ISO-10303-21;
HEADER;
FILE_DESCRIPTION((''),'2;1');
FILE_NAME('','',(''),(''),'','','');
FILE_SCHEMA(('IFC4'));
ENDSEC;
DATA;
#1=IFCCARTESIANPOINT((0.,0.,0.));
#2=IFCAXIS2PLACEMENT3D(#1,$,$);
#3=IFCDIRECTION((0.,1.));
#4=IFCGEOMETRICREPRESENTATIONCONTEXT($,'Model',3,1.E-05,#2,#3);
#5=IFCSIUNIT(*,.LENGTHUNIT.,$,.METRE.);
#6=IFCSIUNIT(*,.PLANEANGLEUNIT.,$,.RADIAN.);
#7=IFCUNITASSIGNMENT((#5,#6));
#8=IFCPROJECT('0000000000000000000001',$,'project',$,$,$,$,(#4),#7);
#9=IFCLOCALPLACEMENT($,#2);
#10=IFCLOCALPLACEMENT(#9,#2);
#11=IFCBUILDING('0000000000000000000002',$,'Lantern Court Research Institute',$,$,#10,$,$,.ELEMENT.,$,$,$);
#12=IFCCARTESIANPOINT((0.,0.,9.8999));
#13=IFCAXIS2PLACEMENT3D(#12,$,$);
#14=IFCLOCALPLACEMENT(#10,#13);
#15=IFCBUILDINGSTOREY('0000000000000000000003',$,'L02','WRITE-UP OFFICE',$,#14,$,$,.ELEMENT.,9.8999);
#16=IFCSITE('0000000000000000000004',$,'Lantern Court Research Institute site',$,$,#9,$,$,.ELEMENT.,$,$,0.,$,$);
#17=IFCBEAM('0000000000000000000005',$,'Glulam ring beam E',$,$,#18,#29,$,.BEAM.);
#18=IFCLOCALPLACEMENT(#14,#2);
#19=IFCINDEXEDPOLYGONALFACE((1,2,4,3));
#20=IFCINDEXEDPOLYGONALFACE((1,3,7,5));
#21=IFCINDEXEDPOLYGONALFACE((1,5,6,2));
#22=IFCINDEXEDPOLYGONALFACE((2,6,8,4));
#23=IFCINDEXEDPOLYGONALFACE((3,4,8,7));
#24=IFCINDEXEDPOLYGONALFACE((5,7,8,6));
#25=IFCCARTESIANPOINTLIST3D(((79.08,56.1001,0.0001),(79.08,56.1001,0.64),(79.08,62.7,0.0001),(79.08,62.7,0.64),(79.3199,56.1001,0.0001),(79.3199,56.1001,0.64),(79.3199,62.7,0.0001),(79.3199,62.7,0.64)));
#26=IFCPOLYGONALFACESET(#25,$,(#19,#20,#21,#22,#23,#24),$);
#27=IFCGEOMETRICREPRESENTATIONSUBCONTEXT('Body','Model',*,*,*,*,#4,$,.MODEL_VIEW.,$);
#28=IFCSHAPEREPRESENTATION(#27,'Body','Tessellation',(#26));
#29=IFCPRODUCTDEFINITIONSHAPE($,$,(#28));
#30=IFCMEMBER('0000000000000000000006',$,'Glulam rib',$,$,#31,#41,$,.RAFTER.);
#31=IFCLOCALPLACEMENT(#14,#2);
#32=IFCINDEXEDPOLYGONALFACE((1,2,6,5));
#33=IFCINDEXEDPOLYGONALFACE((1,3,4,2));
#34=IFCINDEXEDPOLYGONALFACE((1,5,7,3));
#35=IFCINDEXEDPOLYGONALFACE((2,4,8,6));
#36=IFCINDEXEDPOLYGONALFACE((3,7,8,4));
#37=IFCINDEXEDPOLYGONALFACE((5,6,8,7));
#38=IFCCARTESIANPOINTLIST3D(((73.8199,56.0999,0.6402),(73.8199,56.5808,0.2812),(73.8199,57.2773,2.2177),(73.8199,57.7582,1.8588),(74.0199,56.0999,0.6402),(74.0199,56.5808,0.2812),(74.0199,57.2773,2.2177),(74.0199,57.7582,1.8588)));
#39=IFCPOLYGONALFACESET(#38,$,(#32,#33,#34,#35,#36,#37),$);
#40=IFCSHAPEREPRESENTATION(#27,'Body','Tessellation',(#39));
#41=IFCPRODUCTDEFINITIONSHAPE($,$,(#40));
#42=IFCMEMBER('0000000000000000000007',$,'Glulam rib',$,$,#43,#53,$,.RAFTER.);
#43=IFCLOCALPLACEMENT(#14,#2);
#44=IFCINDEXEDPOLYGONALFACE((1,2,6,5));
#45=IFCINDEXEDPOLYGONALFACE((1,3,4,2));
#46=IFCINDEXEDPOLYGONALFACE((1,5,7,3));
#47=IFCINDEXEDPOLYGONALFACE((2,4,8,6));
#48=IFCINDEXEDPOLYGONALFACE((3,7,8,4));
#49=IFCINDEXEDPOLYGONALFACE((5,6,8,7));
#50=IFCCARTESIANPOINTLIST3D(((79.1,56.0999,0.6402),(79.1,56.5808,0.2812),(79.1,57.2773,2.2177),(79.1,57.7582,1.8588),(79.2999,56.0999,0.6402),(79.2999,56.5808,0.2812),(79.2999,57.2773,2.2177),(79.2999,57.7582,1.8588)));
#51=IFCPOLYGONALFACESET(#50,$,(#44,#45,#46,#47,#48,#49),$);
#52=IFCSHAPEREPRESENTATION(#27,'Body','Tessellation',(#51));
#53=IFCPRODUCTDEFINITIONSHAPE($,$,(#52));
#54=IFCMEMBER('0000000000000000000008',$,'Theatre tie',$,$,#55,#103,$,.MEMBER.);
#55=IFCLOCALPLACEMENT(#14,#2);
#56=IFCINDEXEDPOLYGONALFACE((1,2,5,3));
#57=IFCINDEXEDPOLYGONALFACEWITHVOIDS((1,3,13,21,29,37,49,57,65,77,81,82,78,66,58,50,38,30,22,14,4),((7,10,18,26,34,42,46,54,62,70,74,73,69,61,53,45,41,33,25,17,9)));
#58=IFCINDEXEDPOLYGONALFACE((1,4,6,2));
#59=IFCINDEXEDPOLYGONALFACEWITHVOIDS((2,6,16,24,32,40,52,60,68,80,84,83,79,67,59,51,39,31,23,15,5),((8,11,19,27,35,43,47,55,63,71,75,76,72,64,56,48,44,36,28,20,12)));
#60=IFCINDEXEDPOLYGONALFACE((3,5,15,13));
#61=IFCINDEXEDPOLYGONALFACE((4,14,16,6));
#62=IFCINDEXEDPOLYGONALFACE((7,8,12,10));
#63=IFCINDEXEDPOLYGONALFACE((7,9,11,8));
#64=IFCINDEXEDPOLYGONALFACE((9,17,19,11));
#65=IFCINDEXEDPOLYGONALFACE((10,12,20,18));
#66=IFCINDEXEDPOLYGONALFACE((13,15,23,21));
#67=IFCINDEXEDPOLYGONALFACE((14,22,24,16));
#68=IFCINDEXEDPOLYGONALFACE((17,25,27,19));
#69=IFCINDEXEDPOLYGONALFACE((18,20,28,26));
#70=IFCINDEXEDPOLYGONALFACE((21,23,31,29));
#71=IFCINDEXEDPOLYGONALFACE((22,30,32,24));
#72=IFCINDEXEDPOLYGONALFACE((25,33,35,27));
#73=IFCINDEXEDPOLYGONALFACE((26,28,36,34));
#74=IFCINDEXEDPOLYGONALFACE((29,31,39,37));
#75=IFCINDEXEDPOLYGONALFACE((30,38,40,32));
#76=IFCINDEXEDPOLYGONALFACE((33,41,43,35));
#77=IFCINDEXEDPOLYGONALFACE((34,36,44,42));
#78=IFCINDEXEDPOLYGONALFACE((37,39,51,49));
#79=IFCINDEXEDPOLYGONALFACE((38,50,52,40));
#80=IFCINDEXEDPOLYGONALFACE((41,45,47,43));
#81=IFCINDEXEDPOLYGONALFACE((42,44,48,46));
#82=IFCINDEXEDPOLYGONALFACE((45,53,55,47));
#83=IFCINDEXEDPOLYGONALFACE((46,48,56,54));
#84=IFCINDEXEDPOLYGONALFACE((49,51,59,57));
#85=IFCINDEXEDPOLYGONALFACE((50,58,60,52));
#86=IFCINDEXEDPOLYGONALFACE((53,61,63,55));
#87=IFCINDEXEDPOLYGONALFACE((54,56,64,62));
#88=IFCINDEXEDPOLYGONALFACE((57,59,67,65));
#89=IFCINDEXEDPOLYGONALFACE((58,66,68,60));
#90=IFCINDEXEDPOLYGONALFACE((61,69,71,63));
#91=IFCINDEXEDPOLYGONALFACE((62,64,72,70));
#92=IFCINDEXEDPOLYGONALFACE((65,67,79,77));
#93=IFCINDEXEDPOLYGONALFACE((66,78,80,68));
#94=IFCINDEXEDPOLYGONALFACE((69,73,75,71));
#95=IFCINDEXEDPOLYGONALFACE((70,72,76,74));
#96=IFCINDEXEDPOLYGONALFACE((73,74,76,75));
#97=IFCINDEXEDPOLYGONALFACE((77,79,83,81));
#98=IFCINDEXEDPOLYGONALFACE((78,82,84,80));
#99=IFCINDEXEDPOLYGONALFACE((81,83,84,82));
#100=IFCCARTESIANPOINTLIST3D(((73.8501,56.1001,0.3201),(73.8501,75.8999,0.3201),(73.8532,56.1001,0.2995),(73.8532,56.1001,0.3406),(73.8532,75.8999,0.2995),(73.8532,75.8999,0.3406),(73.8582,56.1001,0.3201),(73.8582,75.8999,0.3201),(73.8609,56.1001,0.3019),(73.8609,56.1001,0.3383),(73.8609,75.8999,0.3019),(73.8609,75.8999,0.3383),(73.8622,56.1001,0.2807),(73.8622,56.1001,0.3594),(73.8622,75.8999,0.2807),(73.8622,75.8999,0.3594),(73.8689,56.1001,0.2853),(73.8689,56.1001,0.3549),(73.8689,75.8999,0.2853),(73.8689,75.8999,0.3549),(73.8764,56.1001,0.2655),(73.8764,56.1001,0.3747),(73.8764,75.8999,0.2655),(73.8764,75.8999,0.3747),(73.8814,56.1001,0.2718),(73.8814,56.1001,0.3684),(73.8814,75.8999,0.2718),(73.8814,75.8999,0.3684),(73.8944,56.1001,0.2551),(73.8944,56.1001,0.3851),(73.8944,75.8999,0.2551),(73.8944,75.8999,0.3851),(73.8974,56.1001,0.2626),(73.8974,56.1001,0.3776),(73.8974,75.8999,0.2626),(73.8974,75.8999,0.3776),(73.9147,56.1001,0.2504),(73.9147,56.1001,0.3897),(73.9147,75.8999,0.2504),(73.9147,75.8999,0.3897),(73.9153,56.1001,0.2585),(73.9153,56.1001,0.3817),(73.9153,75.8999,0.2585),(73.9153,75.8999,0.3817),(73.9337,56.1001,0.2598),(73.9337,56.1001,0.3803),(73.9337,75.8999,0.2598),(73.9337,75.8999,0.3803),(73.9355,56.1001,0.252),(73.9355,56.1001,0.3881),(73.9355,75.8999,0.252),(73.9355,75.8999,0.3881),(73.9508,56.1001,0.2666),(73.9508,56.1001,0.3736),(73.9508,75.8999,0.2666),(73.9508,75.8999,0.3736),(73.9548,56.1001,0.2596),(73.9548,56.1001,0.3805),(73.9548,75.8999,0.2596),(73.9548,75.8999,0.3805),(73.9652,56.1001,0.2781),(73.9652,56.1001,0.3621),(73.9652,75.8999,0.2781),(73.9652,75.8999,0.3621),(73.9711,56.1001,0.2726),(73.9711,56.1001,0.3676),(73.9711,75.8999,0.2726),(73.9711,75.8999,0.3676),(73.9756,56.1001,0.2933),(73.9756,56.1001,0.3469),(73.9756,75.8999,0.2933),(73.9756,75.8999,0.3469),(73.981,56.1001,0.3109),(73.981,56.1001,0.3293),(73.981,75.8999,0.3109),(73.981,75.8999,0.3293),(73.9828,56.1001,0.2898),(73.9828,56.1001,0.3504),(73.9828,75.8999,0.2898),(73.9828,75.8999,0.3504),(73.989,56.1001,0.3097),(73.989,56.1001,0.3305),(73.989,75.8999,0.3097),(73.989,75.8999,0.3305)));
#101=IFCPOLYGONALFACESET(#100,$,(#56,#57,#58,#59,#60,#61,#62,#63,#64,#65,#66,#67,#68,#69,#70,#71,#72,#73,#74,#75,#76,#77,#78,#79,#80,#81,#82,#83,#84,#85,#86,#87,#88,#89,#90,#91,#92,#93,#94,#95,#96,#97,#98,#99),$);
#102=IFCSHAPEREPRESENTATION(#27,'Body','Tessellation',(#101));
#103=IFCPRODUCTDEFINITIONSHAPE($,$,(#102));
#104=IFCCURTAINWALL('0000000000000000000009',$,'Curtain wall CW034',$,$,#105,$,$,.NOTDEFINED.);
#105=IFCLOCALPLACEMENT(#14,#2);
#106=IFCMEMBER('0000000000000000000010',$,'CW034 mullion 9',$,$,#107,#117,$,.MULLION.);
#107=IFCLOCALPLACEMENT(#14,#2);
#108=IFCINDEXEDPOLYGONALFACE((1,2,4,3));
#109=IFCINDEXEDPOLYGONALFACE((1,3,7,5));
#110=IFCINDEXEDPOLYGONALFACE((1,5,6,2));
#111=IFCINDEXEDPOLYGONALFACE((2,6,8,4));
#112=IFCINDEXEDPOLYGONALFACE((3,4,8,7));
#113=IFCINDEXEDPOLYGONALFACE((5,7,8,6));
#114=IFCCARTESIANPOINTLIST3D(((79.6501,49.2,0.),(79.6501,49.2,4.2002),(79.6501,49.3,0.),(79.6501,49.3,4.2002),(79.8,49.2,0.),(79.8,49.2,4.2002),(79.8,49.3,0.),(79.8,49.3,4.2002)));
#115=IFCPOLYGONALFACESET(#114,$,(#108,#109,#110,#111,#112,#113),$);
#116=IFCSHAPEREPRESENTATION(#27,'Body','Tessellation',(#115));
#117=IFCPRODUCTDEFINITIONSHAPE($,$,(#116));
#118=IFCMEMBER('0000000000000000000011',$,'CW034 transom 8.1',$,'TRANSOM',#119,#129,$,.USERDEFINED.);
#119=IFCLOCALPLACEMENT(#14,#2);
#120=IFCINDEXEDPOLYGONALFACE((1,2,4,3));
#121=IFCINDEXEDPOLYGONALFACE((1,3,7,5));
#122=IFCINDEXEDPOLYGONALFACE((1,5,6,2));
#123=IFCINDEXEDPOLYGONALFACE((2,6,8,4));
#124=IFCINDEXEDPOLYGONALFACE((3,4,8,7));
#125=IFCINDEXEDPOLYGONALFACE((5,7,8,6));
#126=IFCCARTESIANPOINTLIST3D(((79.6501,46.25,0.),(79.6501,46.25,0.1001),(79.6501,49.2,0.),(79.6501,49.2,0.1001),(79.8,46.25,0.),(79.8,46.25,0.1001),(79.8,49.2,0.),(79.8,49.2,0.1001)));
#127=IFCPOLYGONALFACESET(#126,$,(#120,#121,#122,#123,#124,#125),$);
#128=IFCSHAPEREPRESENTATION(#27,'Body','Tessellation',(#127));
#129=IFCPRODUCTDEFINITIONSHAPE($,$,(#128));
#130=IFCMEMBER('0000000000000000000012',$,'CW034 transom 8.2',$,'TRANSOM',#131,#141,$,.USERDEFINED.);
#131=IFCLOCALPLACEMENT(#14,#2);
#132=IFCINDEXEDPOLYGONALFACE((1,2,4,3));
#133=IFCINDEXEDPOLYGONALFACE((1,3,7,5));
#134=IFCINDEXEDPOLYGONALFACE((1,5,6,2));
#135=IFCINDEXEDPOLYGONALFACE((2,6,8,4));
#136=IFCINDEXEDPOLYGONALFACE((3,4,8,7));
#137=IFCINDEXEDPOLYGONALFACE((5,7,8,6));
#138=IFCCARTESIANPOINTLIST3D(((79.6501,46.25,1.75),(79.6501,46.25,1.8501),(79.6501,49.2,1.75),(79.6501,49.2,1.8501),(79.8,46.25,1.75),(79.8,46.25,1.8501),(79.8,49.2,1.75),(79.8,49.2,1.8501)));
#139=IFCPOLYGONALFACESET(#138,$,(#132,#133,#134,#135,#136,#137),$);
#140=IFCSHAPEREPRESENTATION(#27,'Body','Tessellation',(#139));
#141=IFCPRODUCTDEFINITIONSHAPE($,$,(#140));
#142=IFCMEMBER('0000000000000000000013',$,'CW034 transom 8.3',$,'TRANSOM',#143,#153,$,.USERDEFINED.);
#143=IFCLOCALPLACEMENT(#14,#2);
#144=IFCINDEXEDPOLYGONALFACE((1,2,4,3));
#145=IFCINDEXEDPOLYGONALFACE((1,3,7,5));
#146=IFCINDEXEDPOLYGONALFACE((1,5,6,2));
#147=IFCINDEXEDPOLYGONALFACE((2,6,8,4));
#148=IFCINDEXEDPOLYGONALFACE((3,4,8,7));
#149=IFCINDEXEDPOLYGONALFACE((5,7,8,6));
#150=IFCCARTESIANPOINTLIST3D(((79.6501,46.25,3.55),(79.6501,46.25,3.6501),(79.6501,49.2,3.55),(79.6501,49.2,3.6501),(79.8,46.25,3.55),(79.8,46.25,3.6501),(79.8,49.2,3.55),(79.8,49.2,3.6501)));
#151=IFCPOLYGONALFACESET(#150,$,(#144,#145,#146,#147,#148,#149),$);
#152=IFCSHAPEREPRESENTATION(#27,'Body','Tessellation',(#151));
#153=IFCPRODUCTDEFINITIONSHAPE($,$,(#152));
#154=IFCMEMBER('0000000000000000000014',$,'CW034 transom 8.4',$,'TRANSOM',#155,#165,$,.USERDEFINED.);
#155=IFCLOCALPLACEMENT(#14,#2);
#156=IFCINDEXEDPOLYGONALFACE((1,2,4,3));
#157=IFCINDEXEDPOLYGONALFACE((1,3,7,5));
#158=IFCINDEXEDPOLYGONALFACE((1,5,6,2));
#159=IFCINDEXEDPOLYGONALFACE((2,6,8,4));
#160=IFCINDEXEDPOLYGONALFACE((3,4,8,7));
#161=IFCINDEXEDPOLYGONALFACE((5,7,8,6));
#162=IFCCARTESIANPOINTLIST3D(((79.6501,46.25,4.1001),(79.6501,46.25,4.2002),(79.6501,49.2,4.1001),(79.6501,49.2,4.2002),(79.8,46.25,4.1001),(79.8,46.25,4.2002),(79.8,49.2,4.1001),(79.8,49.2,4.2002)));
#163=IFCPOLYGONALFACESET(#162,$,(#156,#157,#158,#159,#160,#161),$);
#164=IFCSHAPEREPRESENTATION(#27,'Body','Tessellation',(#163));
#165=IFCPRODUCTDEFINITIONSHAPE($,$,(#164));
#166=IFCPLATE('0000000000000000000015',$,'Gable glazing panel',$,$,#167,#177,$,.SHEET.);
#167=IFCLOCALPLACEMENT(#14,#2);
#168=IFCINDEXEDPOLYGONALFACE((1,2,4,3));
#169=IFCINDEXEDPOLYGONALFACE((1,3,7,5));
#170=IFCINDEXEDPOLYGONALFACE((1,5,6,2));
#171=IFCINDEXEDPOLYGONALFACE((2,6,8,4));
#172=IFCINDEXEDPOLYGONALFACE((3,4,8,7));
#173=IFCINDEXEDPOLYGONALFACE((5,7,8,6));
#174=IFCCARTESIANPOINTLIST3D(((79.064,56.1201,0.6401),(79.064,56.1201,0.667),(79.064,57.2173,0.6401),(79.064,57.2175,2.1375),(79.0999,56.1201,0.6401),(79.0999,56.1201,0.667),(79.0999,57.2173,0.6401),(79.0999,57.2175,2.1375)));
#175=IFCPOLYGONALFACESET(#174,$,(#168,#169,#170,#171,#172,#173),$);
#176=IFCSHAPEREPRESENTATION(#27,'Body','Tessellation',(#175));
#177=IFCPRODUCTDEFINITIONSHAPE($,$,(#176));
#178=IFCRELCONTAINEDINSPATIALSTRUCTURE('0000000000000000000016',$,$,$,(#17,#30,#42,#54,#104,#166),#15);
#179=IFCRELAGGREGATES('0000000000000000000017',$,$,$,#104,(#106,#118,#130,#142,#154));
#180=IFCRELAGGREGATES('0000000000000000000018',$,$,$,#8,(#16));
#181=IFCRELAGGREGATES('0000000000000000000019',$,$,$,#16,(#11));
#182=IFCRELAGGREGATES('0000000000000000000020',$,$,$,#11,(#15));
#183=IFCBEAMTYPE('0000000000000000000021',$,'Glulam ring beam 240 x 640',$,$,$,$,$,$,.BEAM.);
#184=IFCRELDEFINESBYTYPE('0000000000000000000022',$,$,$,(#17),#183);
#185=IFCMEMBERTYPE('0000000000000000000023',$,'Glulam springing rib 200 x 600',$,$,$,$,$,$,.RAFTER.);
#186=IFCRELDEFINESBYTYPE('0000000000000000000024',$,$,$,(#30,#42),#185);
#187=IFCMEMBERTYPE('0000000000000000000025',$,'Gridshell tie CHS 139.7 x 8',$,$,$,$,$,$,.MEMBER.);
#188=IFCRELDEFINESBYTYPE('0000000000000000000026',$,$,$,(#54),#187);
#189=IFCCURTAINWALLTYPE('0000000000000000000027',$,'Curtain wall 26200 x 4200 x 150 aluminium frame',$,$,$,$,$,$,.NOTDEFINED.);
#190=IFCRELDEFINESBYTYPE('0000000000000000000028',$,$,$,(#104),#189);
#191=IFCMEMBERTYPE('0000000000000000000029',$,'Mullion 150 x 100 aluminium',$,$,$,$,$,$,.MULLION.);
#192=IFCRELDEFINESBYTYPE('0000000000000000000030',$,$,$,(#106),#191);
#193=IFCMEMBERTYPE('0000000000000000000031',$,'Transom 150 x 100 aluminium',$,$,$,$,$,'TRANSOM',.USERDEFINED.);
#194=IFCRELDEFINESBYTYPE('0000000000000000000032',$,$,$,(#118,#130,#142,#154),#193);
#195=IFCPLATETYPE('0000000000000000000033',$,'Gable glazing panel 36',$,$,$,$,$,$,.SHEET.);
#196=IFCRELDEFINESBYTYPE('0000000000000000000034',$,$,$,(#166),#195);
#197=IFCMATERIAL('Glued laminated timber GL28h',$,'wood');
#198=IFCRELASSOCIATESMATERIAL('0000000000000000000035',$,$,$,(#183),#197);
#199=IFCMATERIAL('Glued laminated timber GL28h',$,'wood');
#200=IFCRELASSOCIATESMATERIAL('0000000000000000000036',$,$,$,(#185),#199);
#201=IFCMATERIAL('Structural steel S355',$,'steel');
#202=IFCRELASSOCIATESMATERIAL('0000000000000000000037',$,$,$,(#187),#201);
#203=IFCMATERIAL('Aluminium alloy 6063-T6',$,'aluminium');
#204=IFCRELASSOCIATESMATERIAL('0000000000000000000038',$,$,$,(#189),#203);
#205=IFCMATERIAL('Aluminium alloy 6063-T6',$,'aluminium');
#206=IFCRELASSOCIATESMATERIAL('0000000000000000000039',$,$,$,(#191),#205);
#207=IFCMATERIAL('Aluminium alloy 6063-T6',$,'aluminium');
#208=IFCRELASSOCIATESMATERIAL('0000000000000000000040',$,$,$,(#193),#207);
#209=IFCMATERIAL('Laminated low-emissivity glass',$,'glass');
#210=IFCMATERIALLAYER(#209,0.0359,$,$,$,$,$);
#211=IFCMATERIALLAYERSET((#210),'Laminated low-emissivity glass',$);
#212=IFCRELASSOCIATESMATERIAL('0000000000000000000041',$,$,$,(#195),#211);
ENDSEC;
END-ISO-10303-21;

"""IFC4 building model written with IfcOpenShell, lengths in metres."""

from ifc_helpers import new_model, si_unit, direction, frame, origin, origin_2d, place, context, subcontext, project, spatial, polyline, rectangle, hollow_circle, outline, extrude, material, layer, layer_set, material_profile, profile_set, type_object, element, aggregate, save


model = new_model("IFC4")

# Units and contexts
model_context = context("Model", 3, precision=1e-05, world=origin(), true_north=direction((0.0, 1.0)))
body_context = subcontext(model_context, "Body", "Model", "MODEL_VIEW")
ifc_project = project(units=[si_unit("LENGTHUNIT", "METRE"), si_unit("PLANEANGLEUNIT", "RADIAN")], contexts=[model_context])

# Site, building, storey
site_placement = place(None, origin())
site = spatial("IfcSite", under=ifc_project, at=site_placement, Name="Lantern Court Research Institute site", CompositionType="ELEMENT", RefElevation=0.0)
building_placement = place(site_placement, origin())
building = spatial("IfcBuilding", under=site, at=building_placement, Name="Lantern Court Research Institute", CompositionType="ELEMENT")
storey_placement = place(building_placement, frame((0.0, 0.0, 9.8999)))
storey = spatial("IfcBuildingStorey", under=building, at=storey_placement, Name="L02", Description="WRITE-UP OFFICE", CompositionType="ELEMENT", Elevation=9.8999)

# Beam
ifc_material_1 = material(Name="Glued laminated timber GL28h", Category="wood")
ifc_material_profile_1 = material_profile(ifc_material_1, rectangle(XDim=0.24, YDim=0.6399, at=origin_2d()), Name="Glulam ring beam 240 x 640")
ifc_profile_set_1 = profile_set([ifc_material_profile_1], Name="Glued laminated timber GL28h")
beam_type = type_object("IfcBeamType", Name="Glulam ring beam 240 x 640", PredefinedType="BEAM", material=ifc_profile_set_1)
beam_placement = place(storey_placement, frame((79.2, 56.1001, 0.3201), z_axis=(0.0, 1.0, 0.0), x_axis=(-1.0, 0.0, 0.0)))
element("IfcBeam", 1, at=beam_placement, inside=storey, type_object=beam_type, Name="Glulam ring beam E", PredefinedType="BEAM", context=body_context, shape_type="SweptSolid", body=[
    extrude(rectangle(XDim=0.24, YDim=0.6399, at=origin_2d()), origin(), (0.0, 0.0, 1.0), 6.5999),
])

# Members
ifc_material_2 = material(Name="Glued laminated timber GL28h", Category="wood")
ifc_material_profile_2 = material_profile(ifc_material_2, rectangle(XDim=0.2, YDim=0.6001, at=origin_2d()), Name="Glulam springing rib 200 x 600")
ifc_profile_set_2 = profile_set([ifc_material_profile_2], Name="Glued laminated timber GL28h")
member_type_1 = type_object("IfcMemberType", Name="Glulam springing rib 200 x 600", PredefinedType="RAFTER", material=ifc_profile_set_2)
for number, where, z_axis, x_axis, name in (
    (2, (73.9199, 56.3403, 0.4607), (0.0, 0.598133, 0.801397), (-1.0, 0.0, 0.0), "Glulam rib"),
    (3, (79.2, 56.3403, 0.4607), (0.0, 0.598133, 0.801397), (-1.0, 0.0, 0.0), "Glulam rib"),
):
    element("IfcMember", number, at=place(storey_placement, frame(where, z_axis=z_axis, x_axis=x_axis)), inside=storey, type_object=member_type_1, Name=name, PredefinedType="RAFTER", context=body_context, shape_type="SweptSolid", body=[
        extrude(rectangle(XDim=0.2, YDim=0.6001, at=origin_2d()), origin(), (0.0, 0.0, 1.0), 1.9685),
    ])
ifc_material_3 = material(Name="Structural steel S355", Category="steel")
ifc_material_profile_3 = material_profile(ifc_material_3, hollow_circle(Radius=0.0698, WallThickness=0.0081, at=origin_2d()), Name="Gridshell tie CHS 139.7 x 8")
ifc_profile_set_3 = profile_set([ifc_material_profile_3], Name="Structural steel S355")
member_type_2 = type_object("IfcMemberType", Name="Gridshell tie CHS 139.7 x 8", PredefinedType="MEMBER", material=ifc_profile_set_3)
member_1_placement = place(storey_placement, frame((73.9199, 56.1001, 0.3201), z_axis=(0.0, 1.0, 0.0), x_axis=(-1.0, 0.0, 0.0)))
element("IfcMember", 4, at=member_1_placement, inside=storey, type_object=member_type_2, Name="Theatre tie", PredefinedType="MEMBER", context=body_context, shape_type="SweptSolid", body=[
    extrude(hollow_circle(Radius=0.0698, WallThickness=0.0081, at=origin_2d()), origin(), (0.0, 0.0, 1.0), 19.7998),
])

# Curtain wall, members
ifc_material_4 = material(Name="Aluminium alloy 6063-T6", Category="aluminium")
curtain_wall_type = type_object("IfcCurtainWallType", Name="Curtain wall 26200 x 4200 x 150 aluminium frame", PredefinedType="NOTDEFINED", material=ifc_material_4)
curtain_wall_placement = place(storey_placement, origin())
curtain_wall = element("IfcCurtainWall", 5, at=curtain_wall_placement, inside=storey, type_object=curtain_wall_type, Name="Curtain wall CW034", PredefinedType="NOTDEFINED")
ifc_material_5 = material(Name="Aluminium alloy 6063-T6", Category="aluminium")
ifc_material_profile_4 = material_profile(ifc_material_5, rectangle(XDim=0.1499, YDim=0.1001, at=origin_2d()), Name="Mullion 150 x 100")
ifc_profile_set_4 = profile_set([ifc_material_profile_4], Name="Aluminium alloy 6063-T6")
member_type_3 = type_object("IfcMemberType", Name="Mullion 150 x 100 aluminium", PredefinedType="MULLION", material=ifc_profile_set_4)
member_2_placement = place(storey_placement, frame((79.7251, 49.25, 0.0), z_axis=(0.0, 0.0, 1.0), x_axis=(1.0, 0.0, 0.0)))
member_2 = element("IfcMember", 6, at=member_2_placement, type_object=member_type_3, Name="CW034 mullion 9", PredefinedType="MULLION", context=body_context, shape_type="SweptSolid", body=[
    extrude(rectangle(XDim=0.1499, YDim=0.1001, at=origin_2d()), origin(), (0.0, 0.0, 1.0), 4.2002),
])
ifc_material_6 = material(Name="Aluminium alloy 6063-T6", Category="aluminium")
ifc_material_profile_5 = material_profile(ifc_material_6, rectangle(XDim=0.1499, YDim=0.1001, at=origin_2d()), Name="Transom 150 x 100")
ifc_profile_set_5 = profile_set([ifc_material_profile_5], Name="Aluminium alloy 6063-T6")
member_type_4 = type_object("IfcMemberType", Name="Transom 150 x 100 aluminium", ElementType="TRANSOM", PredefinedType="USERDEFINED", material=ifc_profile_set_5)
member_3_placement = place(storey_placement, frame((79.7251, 49.2, 0.05), z_axis=(0.0, -1.0, 0.0), x_axis=(1.0, 0.0, 0.0)))
member_3 = element("IfcMember", 7, at=member_3_placement, type_object=member_type_4, Name="CW034 transom 8.1", ObjectType="TRANSOM", PredefinedType="USERDEFINED", context=body_context, shape_type="SweptSolid", body=[
    extrude(rectangle(XDim=0.1499, YDim=0.1001, at=origin_2d()), origin(), (0.0, 0.0, 1.0), 2.95),
])
member_4_placement = place(storey_placement, frame((79.7251, 49.2, 1.8), z_axis=(0.0, -1.0, 0.0), x_axis=(1.0, 0.0, 0.0)))
member_4 = element("IfcMember", 8, at=member_4_placement, type_object=member_type_4, Name="CW034 transom 8.2", ObjectType="TRANSOM", PredefinedType="USERDEFINED", context=body_context, shape_type="SweptSolid", body=[
    extrude(rectangle(XDim=0.1499, YDim=0.1001, at=origin_2d()), origin(), (0.0, 0.0, 1.0), 2.95),
])
member_5_placement = place(storey_placement, frame((79.7251, 49.2, 3.6001), z_axis=(0.0, -1.0, 0.0), x_axis=(1.0, 0.0, 0.0)))
member_5 = element("IfcMember", 9, at=member_5_placement, type_object=member_type_4, Name="CW034 transom 8.3", ObjectType="TRANSOM", PredefinedType="USERDEFINED", context=body_context, shape_type="SweptSolid", body=[
    extrude(rectangle(XDim=0.1499, YDim=0.1001, at=origin_2d()), origin(), (0.0, 0.0, 1.0), 2.95),
])
member_6_placement = place(storey_placement, frame((79.7251, 49.2, 4.1501), z_axis=(0.0, -1.0, 0.0), x_axis=(1.0, 0.0, 0.0)))
member_6 = element("IfcMember", 10, at=member_6_placement, type_object=member_type_4, Name="CW034 transom 8.4", ObjectType="TRANSOM", PredefinedType="USERDEFINED", context=body_context, shape_type="SweptSolid", body=[
    extrude(rectangle(XDim=0.1499, YDim=0.1001, at=origin_2d()), origin(), (0.0, 0.0, 1.0), 2.95),
])
aggregate(curtain_wall, [member_2, member_3, member_4, member_5, member_6])

# Plate
ifc_material_7 = material(Name="Laminated low-emissivity glass", Category="glass")
ifc_layer_1 = layer(ifc_material_7, 0.0359)
ifc_layer_set_1 = layer_set([ifc_layer_1], Name="Laminated low-emissivity glass")
plate_type = type_object("IfcPlateType", Name="Gable glazing panel 36", PredefinedType="SHEET", material=ifc_layer_set_1)
plate_placement = place(storey_placement, frame((79.082, 56.1201, 0.6401), z_axis=(0.0, 0.0, 1.0), x_axis=(0.0, 1.0, 0.0)))
element("IfcPlate", 11, at=plate_placement, inside=storey, type_object=plate_type, Name="Gable glazing panel", PredefinedType="SHEET", context=body_context, shape_type="SweptSolid", body=[
    extrude(outline(polyline([(0.0, 0.0), (1.0972, 0.0), (1.0974, 1.4973), (0.0, 0.0269), (0.0, 0.0)])), frame((0.0, 0.0181, 0.0), z_axis=(0.0, -1.0, 0.0), x_axis=(1.0, 0.0, 0.0)), (0.0, 0.0, 1.0), 0.0359),
])

save(model, "model.ifc")
